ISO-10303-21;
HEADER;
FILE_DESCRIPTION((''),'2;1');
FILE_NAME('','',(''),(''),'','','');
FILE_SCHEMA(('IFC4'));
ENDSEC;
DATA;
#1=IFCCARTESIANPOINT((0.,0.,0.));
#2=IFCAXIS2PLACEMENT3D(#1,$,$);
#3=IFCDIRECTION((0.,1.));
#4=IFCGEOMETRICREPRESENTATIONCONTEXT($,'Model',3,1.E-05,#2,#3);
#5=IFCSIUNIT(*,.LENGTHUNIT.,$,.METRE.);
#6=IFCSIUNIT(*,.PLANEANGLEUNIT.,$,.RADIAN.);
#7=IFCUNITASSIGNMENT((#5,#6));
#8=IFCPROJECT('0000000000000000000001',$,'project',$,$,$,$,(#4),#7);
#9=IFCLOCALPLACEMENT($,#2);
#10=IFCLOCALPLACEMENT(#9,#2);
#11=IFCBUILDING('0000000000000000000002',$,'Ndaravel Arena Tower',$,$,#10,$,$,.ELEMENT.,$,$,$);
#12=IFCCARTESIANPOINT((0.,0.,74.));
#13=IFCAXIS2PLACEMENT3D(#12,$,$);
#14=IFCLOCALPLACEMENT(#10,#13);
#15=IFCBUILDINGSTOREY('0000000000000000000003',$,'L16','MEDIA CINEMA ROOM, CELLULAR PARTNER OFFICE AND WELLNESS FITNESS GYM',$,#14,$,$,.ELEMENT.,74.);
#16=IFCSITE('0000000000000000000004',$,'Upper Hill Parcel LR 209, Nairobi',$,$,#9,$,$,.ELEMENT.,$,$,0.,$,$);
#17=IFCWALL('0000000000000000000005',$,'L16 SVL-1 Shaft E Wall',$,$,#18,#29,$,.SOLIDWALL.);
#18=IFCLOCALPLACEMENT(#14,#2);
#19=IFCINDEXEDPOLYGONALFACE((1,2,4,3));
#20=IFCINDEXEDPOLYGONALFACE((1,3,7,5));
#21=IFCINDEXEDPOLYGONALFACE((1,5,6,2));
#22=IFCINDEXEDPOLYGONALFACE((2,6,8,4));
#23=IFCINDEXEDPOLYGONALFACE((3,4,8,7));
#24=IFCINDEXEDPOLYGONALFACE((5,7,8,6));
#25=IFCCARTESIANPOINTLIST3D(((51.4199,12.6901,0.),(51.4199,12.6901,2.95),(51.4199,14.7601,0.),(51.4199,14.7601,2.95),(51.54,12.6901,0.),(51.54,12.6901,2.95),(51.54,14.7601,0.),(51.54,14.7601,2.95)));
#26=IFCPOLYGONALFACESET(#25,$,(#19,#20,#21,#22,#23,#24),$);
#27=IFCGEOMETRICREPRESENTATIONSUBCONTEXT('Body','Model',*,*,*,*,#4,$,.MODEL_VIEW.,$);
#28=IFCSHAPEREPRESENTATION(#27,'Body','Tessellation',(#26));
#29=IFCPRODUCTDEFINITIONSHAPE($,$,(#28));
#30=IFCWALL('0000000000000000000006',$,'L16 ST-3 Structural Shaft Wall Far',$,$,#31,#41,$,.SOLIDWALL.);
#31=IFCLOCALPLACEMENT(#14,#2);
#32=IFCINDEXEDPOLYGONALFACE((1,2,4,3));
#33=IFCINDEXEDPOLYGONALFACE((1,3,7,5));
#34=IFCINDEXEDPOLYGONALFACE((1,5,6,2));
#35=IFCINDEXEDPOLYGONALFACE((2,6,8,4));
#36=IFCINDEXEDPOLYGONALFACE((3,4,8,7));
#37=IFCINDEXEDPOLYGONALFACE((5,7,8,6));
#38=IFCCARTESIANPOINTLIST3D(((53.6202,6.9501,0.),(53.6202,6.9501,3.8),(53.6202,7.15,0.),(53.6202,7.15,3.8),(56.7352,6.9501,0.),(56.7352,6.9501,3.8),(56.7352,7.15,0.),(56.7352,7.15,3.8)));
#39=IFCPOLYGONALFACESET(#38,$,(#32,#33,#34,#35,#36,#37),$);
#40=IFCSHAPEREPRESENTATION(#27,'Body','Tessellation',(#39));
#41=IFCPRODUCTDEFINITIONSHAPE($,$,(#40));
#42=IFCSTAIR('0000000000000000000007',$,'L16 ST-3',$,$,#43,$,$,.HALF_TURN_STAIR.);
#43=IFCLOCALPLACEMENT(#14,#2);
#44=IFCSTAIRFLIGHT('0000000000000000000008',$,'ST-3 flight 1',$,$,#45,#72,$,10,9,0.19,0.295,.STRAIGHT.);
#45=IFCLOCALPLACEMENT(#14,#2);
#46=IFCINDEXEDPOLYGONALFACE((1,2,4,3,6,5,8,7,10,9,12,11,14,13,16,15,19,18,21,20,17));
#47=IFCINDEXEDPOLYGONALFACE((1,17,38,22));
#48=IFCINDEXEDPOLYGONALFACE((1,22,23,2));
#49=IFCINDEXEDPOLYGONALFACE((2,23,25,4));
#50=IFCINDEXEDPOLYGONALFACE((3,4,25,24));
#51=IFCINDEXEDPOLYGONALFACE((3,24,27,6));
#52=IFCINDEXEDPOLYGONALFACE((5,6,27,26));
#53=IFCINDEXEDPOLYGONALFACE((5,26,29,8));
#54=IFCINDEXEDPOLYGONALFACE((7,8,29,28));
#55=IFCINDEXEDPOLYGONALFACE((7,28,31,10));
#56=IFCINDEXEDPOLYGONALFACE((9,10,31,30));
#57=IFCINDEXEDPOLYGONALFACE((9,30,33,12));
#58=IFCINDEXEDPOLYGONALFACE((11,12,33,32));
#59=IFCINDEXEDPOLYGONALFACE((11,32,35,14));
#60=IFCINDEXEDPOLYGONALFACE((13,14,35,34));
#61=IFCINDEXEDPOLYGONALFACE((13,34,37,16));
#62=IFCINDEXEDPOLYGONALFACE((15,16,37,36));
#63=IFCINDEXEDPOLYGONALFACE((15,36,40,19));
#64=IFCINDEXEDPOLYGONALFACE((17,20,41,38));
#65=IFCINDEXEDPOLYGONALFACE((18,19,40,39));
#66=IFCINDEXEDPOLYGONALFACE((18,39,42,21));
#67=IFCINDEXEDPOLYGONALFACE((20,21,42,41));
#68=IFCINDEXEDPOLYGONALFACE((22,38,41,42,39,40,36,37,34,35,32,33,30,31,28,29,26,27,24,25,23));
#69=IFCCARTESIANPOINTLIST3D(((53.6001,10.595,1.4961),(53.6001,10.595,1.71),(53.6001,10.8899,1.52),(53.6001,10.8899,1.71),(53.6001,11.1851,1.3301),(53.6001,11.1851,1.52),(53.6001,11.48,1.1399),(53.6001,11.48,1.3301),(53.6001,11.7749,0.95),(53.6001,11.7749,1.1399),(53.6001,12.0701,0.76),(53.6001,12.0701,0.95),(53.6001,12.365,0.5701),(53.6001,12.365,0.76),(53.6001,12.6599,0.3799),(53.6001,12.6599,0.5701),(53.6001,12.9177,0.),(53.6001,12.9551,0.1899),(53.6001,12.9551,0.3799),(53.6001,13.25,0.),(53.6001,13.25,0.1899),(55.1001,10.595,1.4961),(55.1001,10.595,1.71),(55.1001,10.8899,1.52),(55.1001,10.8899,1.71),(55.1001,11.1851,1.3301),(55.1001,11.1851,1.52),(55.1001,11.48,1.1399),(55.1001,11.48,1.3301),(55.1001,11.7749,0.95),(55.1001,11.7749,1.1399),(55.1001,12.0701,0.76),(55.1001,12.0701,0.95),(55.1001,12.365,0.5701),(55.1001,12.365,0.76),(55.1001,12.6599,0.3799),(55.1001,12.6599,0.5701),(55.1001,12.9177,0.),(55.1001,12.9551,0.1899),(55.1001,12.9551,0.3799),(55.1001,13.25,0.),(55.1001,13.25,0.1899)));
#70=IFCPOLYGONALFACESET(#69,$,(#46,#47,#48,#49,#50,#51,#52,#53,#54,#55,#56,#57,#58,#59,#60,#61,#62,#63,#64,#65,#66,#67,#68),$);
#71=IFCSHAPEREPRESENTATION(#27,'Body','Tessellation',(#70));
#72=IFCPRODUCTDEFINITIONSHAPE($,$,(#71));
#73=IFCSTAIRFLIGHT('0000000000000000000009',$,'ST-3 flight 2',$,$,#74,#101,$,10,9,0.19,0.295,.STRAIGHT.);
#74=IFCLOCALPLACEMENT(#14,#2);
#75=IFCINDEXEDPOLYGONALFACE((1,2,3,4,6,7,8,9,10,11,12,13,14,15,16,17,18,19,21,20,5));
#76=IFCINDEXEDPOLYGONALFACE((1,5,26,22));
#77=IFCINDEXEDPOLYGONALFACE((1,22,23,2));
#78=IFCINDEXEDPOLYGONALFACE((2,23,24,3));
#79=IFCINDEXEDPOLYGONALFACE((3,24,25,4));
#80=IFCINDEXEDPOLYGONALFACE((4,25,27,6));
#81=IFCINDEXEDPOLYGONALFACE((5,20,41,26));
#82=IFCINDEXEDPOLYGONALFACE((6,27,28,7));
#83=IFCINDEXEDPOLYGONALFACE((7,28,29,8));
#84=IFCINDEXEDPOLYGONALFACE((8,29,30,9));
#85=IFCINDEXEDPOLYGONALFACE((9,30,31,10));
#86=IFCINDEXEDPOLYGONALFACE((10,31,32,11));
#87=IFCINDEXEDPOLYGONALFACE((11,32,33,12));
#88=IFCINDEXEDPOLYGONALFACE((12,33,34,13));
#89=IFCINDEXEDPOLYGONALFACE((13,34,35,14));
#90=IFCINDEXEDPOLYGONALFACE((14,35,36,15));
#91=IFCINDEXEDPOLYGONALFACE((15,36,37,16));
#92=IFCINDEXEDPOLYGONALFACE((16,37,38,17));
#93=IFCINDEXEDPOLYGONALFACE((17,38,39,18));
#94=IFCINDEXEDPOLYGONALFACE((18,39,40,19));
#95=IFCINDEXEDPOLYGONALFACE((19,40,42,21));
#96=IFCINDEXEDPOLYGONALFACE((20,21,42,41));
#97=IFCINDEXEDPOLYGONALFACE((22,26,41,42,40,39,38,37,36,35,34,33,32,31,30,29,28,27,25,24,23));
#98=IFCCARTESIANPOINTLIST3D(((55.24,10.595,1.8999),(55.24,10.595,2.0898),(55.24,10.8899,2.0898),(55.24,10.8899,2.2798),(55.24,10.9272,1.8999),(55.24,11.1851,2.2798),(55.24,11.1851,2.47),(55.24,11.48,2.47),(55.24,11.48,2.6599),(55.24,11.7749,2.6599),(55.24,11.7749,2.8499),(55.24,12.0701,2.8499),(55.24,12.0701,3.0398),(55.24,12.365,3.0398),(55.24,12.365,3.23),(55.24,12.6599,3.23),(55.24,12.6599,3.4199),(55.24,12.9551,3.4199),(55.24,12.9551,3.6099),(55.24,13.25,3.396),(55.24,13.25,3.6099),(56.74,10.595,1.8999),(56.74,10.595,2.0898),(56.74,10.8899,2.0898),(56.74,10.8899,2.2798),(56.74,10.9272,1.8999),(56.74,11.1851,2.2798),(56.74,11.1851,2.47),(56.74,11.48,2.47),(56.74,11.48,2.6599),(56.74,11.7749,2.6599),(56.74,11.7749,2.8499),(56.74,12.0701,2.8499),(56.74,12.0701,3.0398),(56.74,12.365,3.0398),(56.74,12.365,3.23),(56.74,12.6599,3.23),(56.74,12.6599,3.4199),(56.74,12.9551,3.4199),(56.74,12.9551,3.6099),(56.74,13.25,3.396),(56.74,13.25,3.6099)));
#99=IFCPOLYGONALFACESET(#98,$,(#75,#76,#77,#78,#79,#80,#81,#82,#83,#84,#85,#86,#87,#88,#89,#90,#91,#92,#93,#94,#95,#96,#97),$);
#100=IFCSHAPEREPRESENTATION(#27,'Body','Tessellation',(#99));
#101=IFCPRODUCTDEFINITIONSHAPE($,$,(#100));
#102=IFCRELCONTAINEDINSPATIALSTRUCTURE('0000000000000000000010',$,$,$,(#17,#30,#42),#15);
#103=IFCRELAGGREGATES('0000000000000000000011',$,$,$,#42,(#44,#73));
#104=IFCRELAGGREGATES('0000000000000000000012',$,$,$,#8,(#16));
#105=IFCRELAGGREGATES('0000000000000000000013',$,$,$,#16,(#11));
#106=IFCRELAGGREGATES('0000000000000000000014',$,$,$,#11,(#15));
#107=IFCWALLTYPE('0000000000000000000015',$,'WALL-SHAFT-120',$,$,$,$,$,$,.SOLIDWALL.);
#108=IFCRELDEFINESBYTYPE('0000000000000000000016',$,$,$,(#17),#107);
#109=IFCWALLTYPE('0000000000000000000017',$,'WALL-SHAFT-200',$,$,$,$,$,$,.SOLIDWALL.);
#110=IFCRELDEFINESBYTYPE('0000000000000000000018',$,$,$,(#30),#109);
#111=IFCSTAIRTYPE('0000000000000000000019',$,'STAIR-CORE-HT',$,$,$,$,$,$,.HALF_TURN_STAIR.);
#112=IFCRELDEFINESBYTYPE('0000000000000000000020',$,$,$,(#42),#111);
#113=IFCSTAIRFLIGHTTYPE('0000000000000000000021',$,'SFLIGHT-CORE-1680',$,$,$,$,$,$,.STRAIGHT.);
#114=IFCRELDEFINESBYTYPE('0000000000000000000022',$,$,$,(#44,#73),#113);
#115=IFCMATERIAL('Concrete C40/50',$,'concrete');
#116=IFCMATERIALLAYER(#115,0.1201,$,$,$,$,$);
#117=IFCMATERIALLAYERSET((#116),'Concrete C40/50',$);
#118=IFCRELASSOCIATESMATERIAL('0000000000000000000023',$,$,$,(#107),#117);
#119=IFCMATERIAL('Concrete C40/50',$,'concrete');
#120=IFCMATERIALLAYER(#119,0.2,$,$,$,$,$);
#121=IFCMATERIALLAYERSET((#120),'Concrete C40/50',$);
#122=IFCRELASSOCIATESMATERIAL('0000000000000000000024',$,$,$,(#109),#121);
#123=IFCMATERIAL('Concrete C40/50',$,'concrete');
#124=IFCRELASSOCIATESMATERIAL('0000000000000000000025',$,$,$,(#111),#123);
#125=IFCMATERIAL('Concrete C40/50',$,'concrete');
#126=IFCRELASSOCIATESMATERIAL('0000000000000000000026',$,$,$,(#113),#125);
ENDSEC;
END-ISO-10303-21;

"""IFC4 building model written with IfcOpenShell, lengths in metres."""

from ifc_helpers import new_model, si_unit, direction, frame, frame_2d, origin, place, context, subcontext, project, spatial, polyline, rectangle, outline, extrude, material, layer, layer_set, type_object, element, aggregate, save


model = new_model("IFC4")

# Units and contexts
model_context = context("Model", 3, precision=1e-05, world=origin(), true_north=direction((0.0, 1.0)))
body_context = subcontext(model_context, "Body", "Model", "MODEL_VIEW")
ifc_project = project(units=[si_unit("LENGTHUNIT", "METRE"), si_unit("PLANEANGLEUNIT", "RADIAN")], contexts=[model_context])

# Site, building, storey
site_placement = place(None, origin())
site = spatial("IfcSite", under=ifc_project, at=site_placement, Name="Upper Hill Parcel LR 209, Nairobi", CompositionType="ELEMENT", RefElevation=0.0)
building_placement = place(site_placement, origin())
building = spatial("IfcBuilding", under=site, at=building_placement, Name="Ndaravel Arena Tower", CompositionType="ELEMENT")
storey_placement = place(building_placement, frame((0.0, 0.0, 74.0)))
storey = spatial("IfcBuildingStorey", under=building, at=storey_placement, Name="L16", Description="MEDIA CINEMA ROOM, CELLULAR PARTNER OFFICE AND WELLNESS FITNESS GYM", CompositionType="ELEMENT", Elevation=74.0)

# Walls
ifc_material_1 = material(Name="Concrete C40/50", Category="concrete")
ifc_layer_1 = layer(ifc_material_1, 0.1201)
ifc_layer_set_1 = layer_set([ifc_layer_1], Name="Concrete C40/50")
wall_type_1 = type_object("IfcWallType", Name="WALL-SHAFT-120", PredefinedType="SOLIDWALL", material=ifc_layer_set_1)
wall_1_placement = place(storey_placement, frame((51.48, 12.6899, 0.0), z_axis=(0.0, 0.0, 1.0), x_axis=(0.0, 1.0, 0.0)))
element("IfcWall", 1, at=wall_1_placement, inside=storey, type_object=wall_type_1, Name="L16 SVL-1 Shaft E Wall", PredefinedType="SOLIDWALL", context=body_context, shape_type="SweptSolid", body=[
    extrude(rectangle(XDim=2.0701, YDim=0.1201, at=frame_2d((1.0352, 0.0))), origin(), (0.0, 0.0, 1.0), 2.95),
])
ifc_material_2 = material(Name="Concrete C40/50", Category="concrete")
ifc_layer_2 = layer(ifc_material_2, 0.2)
ifc_layer_set_2 = layer_set([ifc_layer_2], Name="Concrete C40/50")
wall_type_2 = type_object("IfcWallType", Name="WALL-SHAFT-200", PredefinedType="SOLIDWALL", material=ifc_layer_set_2)
wall_2_placement = place(storey_placement, frame((53.6201, 7.05, 0.0), z_axis=(0.0, 0.0, 1.0), x_axis=(1.0, 0.0, 0.0)))
element("IfcWall", 2, at=wall_2_placement, inside=storey, type_object=wall_type_2, Name="L16 ST-3 Structural Shaft Wall Far", PredefinedType="SOLIDWALL", context=body_context, shape_type="SweptSolid", body=[
    extrude(rectangle(XDim=3.115, YDim=0.2, at=frame_2d((1.5576, 0.0))), origin(), (0.0, 0.0, 1.0), 3.8),
])

# Stair, stair flights
ifc_material_3 = material(Name="Concrete C40/50", Category="concrete")
stair_type = type_object("IfcStairType", Name="STAIR-CORE-HT", PredefinedType="HALF_TURN_STAIR", material=ifc_material_3)
stair_placement = place(storey_placement, origin())
stair = element("IfcStair", 3, at=stair_placement, inside=storey, type_object=stair_type, Name="L16 ST-3", PredefinedType="HALF_TURN_STAIR")
ifc_material_4 = material(Name="Concrete C40/50", Category="concrete")
stair_flight_type = type_object("IfcStairFlightType", Name="SFLIGHT-CORE-1680", PredefinedType="STRAIGHT", material=ifc_material_4)
stair_flight_1_placement = place(storey_placement, frame((54.3501, 13.25, 0.0), z_axis=(0.0, 0.0, 1.0), x_axis=(0.0, -1.0, 0.0)))
stair_flight_1 = element("IfcStairFlight", 4, at=stair_flight_1_placement, type_object=stair_flight_type, Name="ST-3 flight 1", NumberOfRisers=10, NumberOfTreads=9, PredefinedType="STRAIGHT", RiserHeight=0.19, TreadLength=0.295, context=body_context, shape_type="SweptSolid", body=[
    extrude(outline(polyline([(0.0, 0.0), (0.0, 0.1899), (0.2949, 0.1899), (0.2949, 0.3799), (0.5901, 0.3799), (0.5901, 0.5701), (0.885, 0.5701), (0.885, 0.76), (1.1799, 0.76), (1.1799, 0.95), (1.4751, 0.95), (1.4751, 1.1399), (1.77, 1.1399), (1.77, 1.3301), (2.0649, 1.3301), (2.0649, 1.52), (2.3601, 1.52), (2.3601, 1.71), (2.655, 1.71), (2.655, 1.8999), (2.655, 1.4961), (0.3323, 0.0), (0.0, 0.0)])), frame((0.0, 0.75, 0.0), z_axis=(0.0, -1.0, 0.0), x_axis=(1.0, 0.0, 0.0)), (0.0, 0.0, 1.0), 1.5),
])
stair_flight_2_placement = place(storey_placement, frame((55.99, 10.595, 1.8999), z_axis=(0.0, 0.0, 1.0), x_axis=(0.0, 1.0, 0.0)))
stair_flight_2 = element("IfcStairFlight", 5, at=stair_flight_2_placement, type_object=stair_flight_type, Name="ST-3 flight 2", NumberOfRisers=10, NumberOfTreads=9, PredefinedType="STRAIGHT", RiserHeight=0.19, TreadLength=0.295, context=body_context, shape_type="SweptSolid", body=[
    extrude(outline(polyline([(0.0, 0.0), (0.0, 0.1899), (0.2949, 0.1899), (0.2949, 0.3799), (0.5901, 0.3799), (0.5901, 0.5701), (0.885, 0.5701), (0.885, 0.76), (1.1799, 0.76), (1.1799, 0.95), (1.4751, 0.95), (1.4751, 1.1399), (1.77, 1.1399), (1.77, 1.3301), (2.0649, 1.3301), (2.0649, 1.52), (2.3601, 1.52), (2.3601, 1.71), (2.655, 1.71), (2.655, 1.8999), (2.655, 1.4961), (0.3323, 0.0), (0.0, 0.0)])), frame((0.0, 0.75, 0.0), z_axis=(0.0, -1.0, 0.0), x_axis=(1.0, 0.0, 0.0)), (0.0, 0.0, 1.0), 1.5),
])
aggregate(stair, [stair_flight_1, stair_flight_2])

save(model, "model.ifc")
